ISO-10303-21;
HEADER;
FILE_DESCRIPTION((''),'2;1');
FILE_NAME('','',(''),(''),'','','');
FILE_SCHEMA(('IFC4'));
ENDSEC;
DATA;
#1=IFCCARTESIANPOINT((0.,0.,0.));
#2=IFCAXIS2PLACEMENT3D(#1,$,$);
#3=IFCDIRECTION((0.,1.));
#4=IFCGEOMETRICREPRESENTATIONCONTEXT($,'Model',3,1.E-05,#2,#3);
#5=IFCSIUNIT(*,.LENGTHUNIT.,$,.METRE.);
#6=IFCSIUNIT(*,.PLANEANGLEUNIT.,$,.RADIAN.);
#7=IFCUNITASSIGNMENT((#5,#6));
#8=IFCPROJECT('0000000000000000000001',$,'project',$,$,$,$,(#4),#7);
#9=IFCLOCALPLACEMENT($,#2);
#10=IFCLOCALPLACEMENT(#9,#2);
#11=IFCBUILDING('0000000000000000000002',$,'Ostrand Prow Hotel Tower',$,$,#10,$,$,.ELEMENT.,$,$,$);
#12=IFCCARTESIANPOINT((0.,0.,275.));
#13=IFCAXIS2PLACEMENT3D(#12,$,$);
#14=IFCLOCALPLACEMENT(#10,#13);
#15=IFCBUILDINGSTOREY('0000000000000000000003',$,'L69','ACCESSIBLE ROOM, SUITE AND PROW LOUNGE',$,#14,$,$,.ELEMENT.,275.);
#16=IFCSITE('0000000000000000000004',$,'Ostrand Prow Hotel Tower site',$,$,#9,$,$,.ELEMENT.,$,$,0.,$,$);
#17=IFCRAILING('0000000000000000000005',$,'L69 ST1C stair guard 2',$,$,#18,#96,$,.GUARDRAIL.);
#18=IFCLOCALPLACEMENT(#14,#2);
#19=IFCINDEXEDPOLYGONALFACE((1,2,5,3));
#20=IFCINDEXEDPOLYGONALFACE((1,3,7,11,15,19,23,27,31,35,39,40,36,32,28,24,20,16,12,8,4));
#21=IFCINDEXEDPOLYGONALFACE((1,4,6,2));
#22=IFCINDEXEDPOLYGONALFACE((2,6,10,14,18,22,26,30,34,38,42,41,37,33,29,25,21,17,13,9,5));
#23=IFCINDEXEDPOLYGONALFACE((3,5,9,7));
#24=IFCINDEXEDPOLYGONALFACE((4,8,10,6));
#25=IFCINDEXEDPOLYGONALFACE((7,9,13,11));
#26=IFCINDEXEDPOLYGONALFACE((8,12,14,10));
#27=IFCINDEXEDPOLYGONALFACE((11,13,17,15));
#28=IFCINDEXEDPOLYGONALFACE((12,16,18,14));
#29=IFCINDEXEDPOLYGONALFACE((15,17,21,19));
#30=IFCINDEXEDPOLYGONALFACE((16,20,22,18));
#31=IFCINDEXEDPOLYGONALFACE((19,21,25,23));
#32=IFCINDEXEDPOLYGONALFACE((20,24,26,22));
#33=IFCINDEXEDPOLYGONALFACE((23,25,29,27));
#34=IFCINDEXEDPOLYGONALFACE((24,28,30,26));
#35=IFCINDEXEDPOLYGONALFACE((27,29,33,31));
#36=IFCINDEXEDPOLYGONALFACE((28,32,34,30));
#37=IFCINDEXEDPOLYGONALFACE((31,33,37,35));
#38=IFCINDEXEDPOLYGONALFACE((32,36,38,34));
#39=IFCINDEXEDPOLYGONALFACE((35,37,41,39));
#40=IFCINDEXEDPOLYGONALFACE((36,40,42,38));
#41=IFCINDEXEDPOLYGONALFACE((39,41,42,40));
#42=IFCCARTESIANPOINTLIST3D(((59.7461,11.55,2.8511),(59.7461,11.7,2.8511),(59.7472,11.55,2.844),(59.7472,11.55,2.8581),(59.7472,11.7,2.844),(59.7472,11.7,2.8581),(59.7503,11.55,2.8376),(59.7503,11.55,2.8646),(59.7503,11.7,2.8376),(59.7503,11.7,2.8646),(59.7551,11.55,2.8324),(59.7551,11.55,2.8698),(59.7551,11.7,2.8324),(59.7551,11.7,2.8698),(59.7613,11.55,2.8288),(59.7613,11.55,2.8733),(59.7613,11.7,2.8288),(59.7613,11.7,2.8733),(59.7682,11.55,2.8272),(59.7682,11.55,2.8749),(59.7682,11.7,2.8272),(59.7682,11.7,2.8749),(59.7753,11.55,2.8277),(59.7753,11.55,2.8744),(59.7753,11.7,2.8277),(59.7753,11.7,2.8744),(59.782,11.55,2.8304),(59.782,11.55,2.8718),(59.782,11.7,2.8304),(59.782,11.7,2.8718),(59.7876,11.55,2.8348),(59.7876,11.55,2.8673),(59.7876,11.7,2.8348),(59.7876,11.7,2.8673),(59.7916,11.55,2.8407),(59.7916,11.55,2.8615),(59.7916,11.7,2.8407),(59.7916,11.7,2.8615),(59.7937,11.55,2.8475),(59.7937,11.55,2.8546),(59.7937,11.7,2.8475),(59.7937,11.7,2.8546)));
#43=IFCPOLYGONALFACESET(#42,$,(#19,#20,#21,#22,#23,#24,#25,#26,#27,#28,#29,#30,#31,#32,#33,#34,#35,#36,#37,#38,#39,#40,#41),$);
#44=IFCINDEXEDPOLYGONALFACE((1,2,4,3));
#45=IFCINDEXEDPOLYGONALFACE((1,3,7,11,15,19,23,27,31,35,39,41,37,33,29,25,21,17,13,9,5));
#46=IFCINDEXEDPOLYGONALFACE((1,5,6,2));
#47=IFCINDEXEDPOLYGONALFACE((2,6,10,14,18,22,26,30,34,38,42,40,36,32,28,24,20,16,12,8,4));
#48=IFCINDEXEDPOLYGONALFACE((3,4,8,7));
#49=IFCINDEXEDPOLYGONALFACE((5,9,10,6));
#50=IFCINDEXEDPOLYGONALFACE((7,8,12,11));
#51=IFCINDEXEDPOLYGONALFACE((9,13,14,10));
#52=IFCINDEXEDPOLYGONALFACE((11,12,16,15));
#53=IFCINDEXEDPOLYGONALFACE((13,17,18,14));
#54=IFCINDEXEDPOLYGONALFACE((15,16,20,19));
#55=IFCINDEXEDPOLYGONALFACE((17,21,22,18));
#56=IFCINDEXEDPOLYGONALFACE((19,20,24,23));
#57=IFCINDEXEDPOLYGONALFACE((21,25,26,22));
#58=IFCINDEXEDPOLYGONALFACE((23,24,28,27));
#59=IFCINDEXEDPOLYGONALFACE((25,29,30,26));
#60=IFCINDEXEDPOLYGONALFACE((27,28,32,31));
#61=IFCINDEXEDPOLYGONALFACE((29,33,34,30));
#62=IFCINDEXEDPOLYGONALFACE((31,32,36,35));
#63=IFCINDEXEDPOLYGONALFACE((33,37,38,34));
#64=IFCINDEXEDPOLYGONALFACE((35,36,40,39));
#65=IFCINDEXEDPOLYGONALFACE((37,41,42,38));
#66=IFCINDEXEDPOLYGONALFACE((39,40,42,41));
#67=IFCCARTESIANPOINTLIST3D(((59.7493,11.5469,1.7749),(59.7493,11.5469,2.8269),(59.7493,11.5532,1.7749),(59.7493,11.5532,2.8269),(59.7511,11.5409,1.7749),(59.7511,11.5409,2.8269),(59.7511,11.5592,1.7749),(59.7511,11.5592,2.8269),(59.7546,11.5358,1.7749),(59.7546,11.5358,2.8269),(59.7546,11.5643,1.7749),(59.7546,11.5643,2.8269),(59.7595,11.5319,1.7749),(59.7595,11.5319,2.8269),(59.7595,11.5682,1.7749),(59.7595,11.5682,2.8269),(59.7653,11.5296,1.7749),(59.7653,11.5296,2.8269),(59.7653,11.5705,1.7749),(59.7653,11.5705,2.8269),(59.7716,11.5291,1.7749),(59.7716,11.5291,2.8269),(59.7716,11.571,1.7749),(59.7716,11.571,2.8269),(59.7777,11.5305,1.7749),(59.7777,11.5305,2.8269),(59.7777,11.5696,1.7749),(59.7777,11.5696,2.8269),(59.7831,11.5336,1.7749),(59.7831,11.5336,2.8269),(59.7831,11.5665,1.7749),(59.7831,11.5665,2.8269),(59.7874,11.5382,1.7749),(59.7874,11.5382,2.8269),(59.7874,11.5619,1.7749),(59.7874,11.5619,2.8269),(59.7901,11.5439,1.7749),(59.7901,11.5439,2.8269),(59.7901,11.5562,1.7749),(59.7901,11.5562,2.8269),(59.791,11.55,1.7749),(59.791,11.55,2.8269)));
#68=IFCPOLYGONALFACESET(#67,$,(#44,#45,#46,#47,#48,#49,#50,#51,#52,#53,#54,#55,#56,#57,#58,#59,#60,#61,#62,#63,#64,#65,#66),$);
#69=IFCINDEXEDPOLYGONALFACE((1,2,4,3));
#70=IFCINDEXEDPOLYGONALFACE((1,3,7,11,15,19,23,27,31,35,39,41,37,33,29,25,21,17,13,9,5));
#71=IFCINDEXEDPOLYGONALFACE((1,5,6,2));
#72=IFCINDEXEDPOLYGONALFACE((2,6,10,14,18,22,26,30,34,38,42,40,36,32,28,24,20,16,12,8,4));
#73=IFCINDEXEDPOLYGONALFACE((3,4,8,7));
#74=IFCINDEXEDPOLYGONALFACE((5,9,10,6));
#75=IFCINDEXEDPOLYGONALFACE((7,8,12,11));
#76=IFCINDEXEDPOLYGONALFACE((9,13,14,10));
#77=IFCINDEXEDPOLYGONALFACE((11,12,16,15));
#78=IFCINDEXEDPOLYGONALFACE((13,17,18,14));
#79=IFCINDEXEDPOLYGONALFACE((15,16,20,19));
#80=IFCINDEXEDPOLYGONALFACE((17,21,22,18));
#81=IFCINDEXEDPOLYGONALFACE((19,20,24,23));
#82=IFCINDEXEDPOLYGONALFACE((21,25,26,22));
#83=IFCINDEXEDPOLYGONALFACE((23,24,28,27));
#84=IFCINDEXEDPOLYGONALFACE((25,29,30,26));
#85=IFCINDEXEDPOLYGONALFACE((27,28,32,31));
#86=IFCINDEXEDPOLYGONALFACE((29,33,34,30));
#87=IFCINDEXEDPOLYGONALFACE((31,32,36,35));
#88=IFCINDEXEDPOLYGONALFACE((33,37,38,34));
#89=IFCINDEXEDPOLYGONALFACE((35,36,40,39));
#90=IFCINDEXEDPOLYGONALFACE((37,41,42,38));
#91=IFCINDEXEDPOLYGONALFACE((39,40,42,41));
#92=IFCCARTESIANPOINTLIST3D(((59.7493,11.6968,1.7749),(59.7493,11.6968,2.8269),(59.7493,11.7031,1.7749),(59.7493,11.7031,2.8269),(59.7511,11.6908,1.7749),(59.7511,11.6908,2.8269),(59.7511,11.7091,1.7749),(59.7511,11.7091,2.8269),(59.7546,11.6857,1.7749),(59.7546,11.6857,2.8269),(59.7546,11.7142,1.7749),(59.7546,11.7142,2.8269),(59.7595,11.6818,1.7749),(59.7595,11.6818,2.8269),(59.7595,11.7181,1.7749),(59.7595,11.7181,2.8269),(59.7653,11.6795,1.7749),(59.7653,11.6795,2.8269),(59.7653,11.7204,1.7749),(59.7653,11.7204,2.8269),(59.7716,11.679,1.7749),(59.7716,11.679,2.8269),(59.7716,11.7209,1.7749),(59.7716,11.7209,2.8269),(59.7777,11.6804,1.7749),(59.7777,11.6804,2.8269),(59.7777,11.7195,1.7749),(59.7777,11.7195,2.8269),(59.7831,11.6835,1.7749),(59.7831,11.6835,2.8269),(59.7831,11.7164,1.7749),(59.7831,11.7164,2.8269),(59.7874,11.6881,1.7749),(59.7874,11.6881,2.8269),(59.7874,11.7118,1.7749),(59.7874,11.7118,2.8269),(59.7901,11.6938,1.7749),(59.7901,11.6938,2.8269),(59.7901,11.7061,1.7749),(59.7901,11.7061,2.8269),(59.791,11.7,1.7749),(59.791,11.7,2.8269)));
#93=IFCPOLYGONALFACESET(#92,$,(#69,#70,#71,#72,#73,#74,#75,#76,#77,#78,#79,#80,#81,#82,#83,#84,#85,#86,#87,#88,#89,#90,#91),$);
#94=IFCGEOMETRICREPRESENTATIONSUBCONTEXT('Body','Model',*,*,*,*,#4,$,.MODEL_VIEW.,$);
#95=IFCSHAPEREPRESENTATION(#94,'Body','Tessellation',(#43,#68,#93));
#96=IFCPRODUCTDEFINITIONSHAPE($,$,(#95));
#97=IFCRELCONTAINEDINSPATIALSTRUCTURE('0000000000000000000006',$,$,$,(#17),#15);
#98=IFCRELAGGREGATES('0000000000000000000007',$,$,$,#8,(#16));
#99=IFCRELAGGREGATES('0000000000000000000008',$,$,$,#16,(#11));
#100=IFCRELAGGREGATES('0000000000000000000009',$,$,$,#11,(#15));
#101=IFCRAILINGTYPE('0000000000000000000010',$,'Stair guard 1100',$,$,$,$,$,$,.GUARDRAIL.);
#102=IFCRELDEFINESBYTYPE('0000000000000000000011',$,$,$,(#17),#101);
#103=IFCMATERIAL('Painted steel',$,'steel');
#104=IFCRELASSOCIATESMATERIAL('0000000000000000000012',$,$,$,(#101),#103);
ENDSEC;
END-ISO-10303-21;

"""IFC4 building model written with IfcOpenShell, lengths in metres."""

from ifc_helpers import new_model, si_unit, direction, frame, origin, origin_2d, place, context, subcontext, project, spatial, circle, extrude, material, type_object, element, save


model = new_model("IFC4")

# Units and contexts
model_context = context("Model", 3, precision=1e-05, world=origin(), true_north=direction((0.0, 1.0)))
body_context = subcontext(model_context, "Body", "Model", "MODEL_VIEW")
ifc_project = project(units=[si_unit("LENGTHUNIT", "METRE"), si_unit("PLANEANGLEUNIT", "RADIAN")], contexts=[model_context])

# Site, building, storey
site_placement = place(None, origin())
site = spatial("IfcSite", under=ifc_project, at=site_placement, Name="Ostrand Prow Hotel Tower site", CompositionType="ELEMENT", RefElevation=0.0)
building_placement = place(site_placement, origin())
building = spatial("IfcBuilding", under=site, at=building_placement, Name="Ostrand Prow Hotel Tower", CompositionType="ELEMENT")
storey_placement = place(building_placement, frame((0.0, 0.0, 275.0)))
storey = spatial("IfcBuildingStorey", under=building, at=storey_placement, Name="L69", Description="ACCESSIBLE ROOM, SUITE AND PROW LOUNGE", CompositionType="ELEMENT", Elevation=275.0)

# Railing
ifc_material_1 = material(Name="Painted steel", Category="steel")
railing_type_1 = type_object("IfcRailingType", Name="Stair guard 1100", PredefinedType="GUARDRAIL", material=ifc_material_1)
railing_1_placement = place(storey_placement, frame((59.77, 11.55, 1.7749)))
element("IfcRailing", 1, at=railing_1_placement, inside=storey, type_object=railing_type_1, Name="L69 ST1C stair guard 2", PredefinedType="GUARDRAIL", context=body_context, shape_type="SweptSolid", body=[
    extrude(circle(Radius=0.0239, at=origin_2d()), frame((0.0, 0.0, 1.0762), z_axis=(0.0, 1.0, 0.0), x_axis=(-1.0, 0.0, 0.0)), (0.0, 0.0, 1.0), 0.1499),
    extrude(circle(Radius=0.021, at=origin_2d()), origin(), (0.0, 0.0, 1.0), 1.052),
    extrude(circle(Radius=0.021, at=origin_2d()), frame((0.0, 0.1499, 0.0)), (0.0, 0.0, 1.0), 1.052),
])

save(model, "model.ifc")
